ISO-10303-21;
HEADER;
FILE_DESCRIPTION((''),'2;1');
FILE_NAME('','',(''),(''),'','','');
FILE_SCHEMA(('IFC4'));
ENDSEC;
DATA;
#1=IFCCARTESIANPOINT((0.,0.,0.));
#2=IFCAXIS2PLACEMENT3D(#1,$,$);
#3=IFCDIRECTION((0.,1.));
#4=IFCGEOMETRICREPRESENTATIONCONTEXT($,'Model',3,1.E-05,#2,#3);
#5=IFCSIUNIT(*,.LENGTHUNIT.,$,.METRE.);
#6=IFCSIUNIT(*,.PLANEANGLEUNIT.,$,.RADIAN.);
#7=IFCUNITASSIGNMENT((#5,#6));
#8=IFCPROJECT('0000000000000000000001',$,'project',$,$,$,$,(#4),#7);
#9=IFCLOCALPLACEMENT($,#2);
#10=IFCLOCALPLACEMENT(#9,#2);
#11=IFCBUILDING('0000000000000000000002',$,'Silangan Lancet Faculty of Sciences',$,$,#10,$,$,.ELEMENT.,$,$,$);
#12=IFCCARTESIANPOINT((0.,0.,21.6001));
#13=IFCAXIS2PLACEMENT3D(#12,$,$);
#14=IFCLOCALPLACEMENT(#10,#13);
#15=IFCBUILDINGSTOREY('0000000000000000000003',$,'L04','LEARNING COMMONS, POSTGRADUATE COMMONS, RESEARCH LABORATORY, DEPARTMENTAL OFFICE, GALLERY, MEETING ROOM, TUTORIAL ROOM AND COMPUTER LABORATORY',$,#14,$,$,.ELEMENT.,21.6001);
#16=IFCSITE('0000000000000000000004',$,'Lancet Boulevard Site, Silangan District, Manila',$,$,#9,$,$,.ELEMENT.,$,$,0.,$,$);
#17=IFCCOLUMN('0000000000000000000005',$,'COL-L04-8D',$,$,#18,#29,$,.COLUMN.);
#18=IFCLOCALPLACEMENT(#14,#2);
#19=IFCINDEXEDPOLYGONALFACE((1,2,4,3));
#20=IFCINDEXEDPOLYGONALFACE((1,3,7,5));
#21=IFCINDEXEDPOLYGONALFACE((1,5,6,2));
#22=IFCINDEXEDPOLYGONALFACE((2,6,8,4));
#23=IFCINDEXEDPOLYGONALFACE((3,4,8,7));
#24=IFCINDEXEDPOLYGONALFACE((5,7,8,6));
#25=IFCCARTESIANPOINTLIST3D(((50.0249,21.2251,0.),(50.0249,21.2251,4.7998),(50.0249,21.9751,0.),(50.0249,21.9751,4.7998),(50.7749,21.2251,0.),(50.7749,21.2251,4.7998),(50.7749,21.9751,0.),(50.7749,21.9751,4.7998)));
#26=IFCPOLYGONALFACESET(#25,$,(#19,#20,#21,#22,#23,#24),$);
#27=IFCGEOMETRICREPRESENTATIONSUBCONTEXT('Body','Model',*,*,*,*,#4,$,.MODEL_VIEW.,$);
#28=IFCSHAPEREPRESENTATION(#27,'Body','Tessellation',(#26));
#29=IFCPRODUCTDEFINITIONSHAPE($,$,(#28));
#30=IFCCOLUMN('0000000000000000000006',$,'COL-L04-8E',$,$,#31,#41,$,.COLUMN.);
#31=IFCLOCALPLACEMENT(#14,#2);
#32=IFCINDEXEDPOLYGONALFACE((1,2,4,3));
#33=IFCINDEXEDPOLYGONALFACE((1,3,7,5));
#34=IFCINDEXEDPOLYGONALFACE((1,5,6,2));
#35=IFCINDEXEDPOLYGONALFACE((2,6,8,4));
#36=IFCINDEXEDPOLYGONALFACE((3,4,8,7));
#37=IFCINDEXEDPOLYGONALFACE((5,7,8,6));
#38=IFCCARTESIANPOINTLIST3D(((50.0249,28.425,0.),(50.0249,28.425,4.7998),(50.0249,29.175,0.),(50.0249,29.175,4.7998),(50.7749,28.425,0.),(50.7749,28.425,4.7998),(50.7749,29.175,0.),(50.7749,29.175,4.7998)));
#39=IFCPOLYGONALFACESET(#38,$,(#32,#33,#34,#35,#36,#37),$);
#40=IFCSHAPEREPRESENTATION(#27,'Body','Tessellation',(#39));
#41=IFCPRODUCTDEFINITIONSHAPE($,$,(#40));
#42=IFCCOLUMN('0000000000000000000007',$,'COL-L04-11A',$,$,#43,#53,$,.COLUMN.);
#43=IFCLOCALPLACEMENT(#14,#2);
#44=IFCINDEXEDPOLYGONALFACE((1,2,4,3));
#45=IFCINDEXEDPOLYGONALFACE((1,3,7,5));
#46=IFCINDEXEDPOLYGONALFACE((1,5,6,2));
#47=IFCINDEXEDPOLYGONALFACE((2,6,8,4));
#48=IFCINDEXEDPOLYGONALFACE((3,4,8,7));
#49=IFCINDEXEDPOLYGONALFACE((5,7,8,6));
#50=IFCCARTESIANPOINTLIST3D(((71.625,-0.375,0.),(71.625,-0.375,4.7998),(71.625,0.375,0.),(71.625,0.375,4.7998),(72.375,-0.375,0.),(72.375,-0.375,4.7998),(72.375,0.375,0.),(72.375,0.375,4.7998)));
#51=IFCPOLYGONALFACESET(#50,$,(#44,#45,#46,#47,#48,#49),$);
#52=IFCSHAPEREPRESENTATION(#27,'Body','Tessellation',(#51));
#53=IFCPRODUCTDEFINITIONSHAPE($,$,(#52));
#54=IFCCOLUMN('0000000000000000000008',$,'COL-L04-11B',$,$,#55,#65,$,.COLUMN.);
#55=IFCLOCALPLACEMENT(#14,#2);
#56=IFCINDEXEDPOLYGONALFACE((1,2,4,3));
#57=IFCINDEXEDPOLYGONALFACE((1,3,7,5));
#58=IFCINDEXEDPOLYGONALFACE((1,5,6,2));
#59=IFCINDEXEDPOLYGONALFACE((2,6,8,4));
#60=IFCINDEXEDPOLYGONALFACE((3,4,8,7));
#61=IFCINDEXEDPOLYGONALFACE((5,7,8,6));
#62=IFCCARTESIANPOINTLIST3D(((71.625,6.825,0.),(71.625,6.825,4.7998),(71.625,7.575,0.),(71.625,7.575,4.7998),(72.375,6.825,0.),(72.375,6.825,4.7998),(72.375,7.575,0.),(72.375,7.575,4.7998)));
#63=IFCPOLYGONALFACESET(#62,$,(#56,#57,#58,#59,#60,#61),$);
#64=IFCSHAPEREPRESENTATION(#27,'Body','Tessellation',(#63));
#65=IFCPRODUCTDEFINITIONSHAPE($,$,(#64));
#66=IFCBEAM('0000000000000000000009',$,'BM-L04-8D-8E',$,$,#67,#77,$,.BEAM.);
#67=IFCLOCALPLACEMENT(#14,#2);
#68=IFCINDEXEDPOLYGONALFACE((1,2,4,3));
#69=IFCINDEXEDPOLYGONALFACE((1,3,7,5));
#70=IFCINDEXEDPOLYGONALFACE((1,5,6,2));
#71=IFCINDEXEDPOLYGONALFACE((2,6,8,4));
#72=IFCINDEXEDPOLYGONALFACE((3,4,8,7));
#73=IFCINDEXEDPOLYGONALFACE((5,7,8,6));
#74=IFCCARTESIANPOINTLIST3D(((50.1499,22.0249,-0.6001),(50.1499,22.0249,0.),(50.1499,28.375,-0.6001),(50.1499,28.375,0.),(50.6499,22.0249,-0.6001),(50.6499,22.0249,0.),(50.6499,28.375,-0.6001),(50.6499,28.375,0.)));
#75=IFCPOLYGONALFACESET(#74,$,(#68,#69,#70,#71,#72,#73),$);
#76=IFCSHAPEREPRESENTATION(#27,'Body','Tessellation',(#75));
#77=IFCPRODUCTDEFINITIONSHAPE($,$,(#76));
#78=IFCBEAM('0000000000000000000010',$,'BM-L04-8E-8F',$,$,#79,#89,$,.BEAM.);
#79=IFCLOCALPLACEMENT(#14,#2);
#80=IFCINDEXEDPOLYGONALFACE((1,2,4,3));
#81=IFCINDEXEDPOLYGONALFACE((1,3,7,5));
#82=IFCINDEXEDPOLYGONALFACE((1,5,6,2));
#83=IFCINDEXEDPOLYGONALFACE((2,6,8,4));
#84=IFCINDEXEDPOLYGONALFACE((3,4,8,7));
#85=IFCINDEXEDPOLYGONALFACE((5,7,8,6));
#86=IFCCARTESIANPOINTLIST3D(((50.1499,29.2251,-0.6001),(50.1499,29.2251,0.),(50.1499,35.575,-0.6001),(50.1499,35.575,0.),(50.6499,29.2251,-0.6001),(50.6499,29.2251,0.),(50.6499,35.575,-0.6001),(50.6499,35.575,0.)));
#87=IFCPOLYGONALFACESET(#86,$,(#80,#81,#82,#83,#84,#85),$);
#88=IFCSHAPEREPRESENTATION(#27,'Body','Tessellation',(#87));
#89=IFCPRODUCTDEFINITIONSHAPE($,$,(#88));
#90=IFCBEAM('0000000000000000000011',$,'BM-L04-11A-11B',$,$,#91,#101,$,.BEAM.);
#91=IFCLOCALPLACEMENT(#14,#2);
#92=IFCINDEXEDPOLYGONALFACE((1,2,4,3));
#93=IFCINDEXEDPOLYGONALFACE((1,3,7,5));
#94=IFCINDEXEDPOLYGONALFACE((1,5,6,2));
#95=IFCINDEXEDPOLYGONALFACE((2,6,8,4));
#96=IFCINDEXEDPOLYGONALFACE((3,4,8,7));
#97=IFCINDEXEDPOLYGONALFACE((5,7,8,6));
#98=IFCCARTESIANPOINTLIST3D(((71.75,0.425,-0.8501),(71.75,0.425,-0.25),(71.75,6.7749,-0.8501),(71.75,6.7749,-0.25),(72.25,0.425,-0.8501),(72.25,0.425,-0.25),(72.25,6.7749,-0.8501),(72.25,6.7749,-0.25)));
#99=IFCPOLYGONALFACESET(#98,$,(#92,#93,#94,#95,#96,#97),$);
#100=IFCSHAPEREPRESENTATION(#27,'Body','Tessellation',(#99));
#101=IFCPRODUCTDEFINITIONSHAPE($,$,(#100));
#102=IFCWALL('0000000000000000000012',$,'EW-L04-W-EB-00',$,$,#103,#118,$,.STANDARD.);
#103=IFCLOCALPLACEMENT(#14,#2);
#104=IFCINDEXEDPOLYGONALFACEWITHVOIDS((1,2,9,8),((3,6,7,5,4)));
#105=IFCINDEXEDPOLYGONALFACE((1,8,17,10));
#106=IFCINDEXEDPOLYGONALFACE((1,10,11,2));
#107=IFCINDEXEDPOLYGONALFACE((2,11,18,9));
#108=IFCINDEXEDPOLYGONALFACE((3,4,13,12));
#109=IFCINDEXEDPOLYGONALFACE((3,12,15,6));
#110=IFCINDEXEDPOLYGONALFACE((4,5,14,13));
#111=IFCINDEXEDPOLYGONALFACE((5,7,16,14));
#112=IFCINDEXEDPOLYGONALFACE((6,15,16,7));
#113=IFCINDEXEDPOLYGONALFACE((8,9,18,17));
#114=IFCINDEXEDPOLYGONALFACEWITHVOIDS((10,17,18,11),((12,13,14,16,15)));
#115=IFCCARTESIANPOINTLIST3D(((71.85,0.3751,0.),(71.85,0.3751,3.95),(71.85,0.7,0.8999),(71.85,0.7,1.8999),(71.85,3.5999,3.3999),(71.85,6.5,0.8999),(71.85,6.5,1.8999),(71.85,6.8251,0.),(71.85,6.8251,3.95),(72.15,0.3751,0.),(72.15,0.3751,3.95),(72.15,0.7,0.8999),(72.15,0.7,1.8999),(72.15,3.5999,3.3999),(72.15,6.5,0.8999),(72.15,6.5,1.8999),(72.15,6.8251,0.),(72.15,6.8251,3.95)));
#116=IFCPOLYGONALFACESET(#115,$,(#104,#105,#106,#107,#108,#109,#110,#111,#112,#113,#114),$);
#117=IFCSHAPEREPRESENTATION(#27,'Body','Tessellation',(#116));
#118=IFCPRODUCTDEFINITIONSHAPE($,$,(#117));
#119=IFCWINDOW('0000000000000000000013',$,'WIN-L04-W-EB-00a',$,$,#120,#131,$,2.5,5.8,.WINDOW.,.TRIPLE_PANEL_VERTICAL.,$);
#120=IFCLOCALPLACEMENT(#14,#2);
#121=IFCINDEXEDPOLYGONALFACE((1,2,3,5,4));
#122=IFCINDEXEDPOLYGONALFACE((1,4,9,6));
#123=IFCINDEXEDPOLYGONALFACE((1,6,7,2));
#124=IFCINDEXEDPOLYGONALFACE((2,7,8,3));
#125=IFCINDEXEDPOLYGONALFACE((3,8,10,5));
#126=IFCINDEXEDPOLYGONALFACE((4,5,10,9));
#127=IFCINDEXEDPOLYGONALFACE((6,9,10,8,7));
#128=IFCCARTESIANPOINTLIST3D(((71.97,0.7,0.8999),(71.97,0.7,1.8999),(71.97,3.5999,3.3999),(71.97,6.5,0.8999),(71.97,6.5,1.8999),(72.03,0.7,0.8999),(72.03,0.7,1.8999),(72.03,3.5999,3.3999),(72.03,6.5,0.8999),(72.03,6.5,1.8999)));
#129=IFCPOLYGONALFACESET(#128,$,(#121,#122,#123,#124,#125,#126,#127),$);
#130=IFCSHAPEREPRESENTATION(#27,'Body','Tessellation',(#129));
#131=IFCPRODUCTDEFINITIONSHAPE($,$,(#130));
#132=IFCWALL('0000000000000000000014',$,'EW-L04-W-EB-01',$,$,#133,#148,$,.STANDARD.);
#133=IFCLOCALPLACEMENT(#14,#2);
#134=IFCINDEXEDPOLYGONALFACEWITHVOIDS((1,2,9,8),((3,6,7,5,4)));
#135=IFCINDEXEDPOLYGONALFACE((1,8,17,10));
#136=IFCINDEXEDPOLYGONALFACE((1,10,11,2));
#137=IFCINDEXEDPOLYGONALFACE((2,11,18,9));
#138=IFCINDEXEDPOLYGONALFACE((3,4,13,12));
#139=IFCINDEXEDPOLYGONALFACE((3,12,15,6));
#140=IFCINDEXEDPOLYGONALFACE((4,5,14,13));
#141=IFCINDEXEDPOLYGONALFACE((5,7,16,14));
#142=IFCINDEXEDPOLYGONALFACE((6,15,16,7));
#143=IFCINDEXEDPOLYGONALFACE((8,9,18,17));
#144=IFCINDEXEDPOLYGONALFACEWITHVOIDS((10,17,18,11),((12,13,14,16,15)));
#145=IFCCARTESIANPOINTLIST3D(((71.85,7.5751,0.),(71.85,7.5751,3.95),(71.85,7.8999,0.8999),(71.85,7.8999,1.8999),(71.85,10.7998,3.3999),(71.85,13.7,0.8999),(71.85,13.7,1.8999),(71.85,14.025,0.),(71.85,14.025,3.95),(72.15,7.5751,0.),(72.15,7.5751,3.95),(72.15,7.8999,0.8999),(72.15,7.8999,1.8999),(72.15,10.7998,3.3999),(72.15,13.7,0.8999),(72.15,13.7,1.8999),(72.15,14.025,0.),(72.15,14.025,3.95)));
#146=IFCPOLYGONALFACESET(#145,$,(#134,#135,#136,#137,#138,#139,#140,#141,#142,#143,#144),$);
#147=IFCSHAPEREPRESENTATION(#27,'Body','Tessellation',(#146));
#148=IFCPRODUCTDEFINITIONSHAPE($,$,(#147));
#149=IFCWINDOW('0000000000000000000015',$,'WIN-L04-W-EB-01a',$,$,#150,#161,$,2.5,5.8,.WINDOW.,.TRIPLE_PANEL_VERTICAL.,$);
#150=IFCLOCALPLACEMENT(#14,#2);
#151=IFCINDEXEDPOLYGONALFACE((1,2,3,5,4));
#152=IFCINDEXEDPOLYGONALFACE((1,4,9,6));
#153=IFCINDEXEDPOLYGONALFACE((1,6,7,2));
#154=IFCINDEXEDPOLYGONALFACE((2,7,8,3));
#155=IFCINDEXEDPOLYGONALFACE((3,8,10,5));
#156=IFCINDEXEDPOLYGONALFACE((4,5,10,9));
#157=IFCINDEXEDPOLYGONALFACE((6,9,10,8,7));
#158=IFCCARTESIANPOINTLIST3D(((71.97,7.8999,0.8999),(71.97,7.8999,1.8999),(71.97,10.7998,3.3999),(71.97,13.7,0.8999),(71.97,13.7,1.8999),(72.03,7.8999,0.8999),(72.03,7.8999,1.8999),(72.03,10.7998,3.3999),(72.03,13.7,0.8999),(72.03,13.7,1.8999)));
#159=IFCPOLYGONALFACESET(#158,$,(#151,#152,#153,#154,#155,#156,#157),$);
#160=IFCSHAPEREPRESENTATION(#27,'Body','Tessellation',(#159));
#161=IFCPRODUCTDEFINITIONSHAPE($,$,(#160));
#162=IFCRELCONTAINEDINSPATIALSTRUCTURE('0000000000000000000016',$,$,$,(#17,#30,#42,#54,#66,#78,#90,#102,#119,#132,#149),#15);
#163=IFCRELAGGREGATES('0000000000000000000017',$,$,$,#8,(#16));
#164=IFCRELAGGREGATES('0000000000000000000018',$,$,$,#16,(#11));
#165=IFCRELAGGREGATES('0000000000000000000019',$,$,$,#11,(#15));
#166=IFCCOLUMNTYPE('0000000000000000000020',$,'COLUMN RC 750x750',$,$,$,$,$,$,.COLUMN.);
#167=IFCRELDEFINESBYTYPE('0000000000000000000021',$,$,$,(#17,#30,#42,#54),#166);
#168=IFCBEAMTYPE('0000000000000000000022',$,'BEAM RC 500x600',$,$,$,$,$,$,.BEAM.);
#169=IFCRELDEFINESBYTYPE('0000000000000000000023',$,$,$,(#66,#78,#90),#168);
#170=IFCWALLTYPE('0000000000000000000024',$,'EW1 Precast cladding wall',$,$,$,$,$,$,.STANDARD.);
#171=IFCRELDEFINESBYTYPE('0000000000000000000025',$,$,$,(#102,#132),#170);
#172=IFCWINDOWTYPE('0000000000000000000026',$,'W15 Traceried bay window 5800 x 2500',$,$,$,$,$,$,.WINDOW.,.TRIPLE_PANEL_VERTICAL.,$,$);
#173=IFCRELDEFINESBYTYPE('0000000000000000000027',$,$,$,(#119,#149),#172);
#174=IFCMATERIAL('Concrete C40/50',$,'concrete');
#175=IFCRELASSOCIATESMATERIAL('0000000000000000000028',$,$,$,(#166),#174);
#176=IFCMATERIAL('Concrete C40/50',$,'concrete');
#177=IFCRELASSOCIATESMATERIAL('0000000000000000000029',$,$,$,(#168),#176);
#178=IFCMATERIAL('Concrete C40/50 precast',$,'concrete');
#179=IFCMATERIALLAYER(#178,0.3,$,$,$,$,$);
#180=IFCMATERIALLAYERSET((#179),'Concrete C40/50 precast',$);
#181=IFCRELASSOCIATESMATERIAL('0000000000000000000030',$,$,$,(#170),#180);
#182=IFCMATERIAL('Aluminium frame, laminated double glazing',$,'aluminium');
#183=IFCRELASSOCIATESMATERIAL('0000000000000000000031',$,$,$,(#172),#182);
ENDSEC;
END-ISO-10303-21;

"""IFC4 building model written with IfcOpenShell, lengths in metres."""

from ifc_helpers import new_model, si_unit, direction, frame, frame_2d, origin, origin_2d, place, context, subcontext, project, spatial, polyline, rectangle, outline, extrude, material, layer, layer_set, material_profile, profile_set, type_object, element, fill, save


model = new_model("IFC4")

# Units and contexts
model_context = context("Model", 3, precision=1e-05, world=origin(), true_north=direction((0.0, 1.0)))
body_context = subcontext(model_context, "Body", "Model", "MODEL_VIEW")
ifc_project = project(units=[si_unit("LENGTHUNIT", "METRE"), si_unit("PLANEANGLEUNIT", "RADIAN")], contexts=[model_context])

# Site, building, storey
site_placement = place(None, origin())
site = spatial("IfcSite", under=ifc_project, at=site_placement, Name="Lancet Boulevard Site, Silangan District, Manila", CompositionType="ELEMENT", RefElevation=0.0)
building_placement = place(site_placement, origin())
building = spatial("IfcBuilding", under=site, at=building_placement, Name="Silangan Lancet Faculty of Sciences", CompositionType="ELEMENT")
storey_placement = place(building_placement, frame((0.0, 0.0, 21.6001)))
storey = spatial("IfcBuildingStorey", under=building, at=storey_placement, Name="L04", Description="LEARNING COMMONS, POSTGRADUATE COMMONS, RESEARCH LABORATORY, DEPARTMENTAL OFFICE, GALLERY, MEETING ROOM, TUTORIAL ROOM AND COMPUTER LABORATORY", CompositionType="ELEMENT", Elevation=21.6001)

# Columns
ifc_material_1 = material(Name="Concrete C40/50", Category="concrete")
ifc_material_profile_1 = material_profile(ifc_material_1, rectangle(XDim=0.75, YDim=0.75, at=origin_2d()), Name="RC 750x750")
ifc_profile_set_1 = profile_set([ifc_material_profile_1], Name="Concrete C40/50")
column_type = type_object("IfcColumnType", Name="COLUMN RC 750x750", PredefinedType="COLUMN", material=ifc_profile_set_1)
for number, where, z_axis, x_axis, name in (
    (1, (50.3999, 21.6001, 0.0), (0.0, 0.0, 1.0), (1.0, 0.0, 0.0), "COL-L04-8D"),
    (2, (50.3999, 28.8, 0.0), (0.0, 0.0, 1.0), (1.0, 0.0, 0.0), "COL-L04-8E"),
    (3, (72.0, 0.0, 0.0), (0.0, 0.0, 1.0), (1.0, 0.0, 0.0), "COL-L04-11A"),
    (4, (72.0, 7.2, 0.0), (0.0, 0.0, 1.0), (1.0, 0.0, 0.0), "COL-L04-11B"),
):
    element("IfcColumn", number, at=place(storey_placement, frame(where, z_axis=z_axis, x_axis=x_axis)), inside=storey, type_object=column_type, Name=name, PredefinedType="COLUMN", context=body_context, shape_type="SweptSolid", body=[
        extrude(rectangle(XDim=0.75, YDim=0.75, at=origin_2d()), origin(), (0.0, 0.0, 1.0), 4.7998),
    ])

# Beams
ifc_material_2 = material(Name="Concrete C40/50", Category="concrete")
ifc_material_profile_2 = material_profile(ifc_material_2, rectangle(XDim=0.5, YDim=0.6001, at=origin_2d()), Name="RC 500x600")
ifc_profile_set_2 = profile_set([ifc_material_profile_2], Name="Concrete C40/50")
beam_type = type_object("IfcBeamType", Name="BEAM RC 500x600", PredefinedType="BEAM", material=ifc_profile_set_2)
beam_placement = place(storey_placement, frame((50.3999, 22.0249, -0.3), z_axis=(0.0, 1.0, 0.0), x_axis=(-1.0, 0.0, 0.0)))
element("IfcBeam", 5, at=beam_placement, inside=storey, type_object=beam_type, Name="BM-L04-8D-8E", PredefinedType="BEAM", context=body_context, shape_type="SweptSolid", body=[
    extrude(rectangle(XDim=0.5, YDim=0.6001, at=origin_2d()), origin(), (0.0, 0.0, 1.0), 6.3501),
])
for number, where, z_axis, x_axis, name in (
    (6, (50.3999, 29.2251, -0.3), (0.0, 1.0, 0.0), (-1.0, 0.0, 0.0), "BM-L04-8E-8F"),
    (7, (72.0, 0.425, -0.55), (0.0, 1.0, 0.0), (-1.0, 0.0, 0.0), "BM-L04-11A-11B"),
):
    element("IfcBeam", number, at=place(storey_placement, frame(where, z_axis=z_axis, x_axis=x_axis)), inside=storey, type_object=beam_type, Name=name, PredefinedType="BEAM", context=body_context, shape_type="SweptSolid", body=[
        extrude(rectangle(XDim=0.5, YDim=0.6001, at=origin_2d()), origin(), (0.0, 0.0, 1.0), 6.3499),
    ])

# Walls, openings, windows
ifc_material_3 = material(Name="Concrete C40/50 precast", Category="concrete")
ifc_layer_1 = layer(ifc_material_3, 0.3)
ifc_layer_set_1 = layer_set([ifc_layer_1], Name="Concrete C40/50 precast")
wall_type_1 = type_object("IfcWallType", Name="EW1 Precast cladding wall", PredefinedType="STANDARD", material=ifc_layer_set_1)
wall_1_placement = place(storey_placement, frame((72.0, 0.375, 0.0), z_axis=(0.0, 0.0, 1.0), x_axis=(0.0, 1.0, 0.0)))
wall_1 = element("IfcWall", 8, at=wall_1_placement, inside=storey, type_object=wall_type_1, Name="EW-L04-W-EB-00", PredefinedType="STANDARD", context=body_context, shape_type="SweptSolid", body=[
    extrude(rectangle(XDim=6.45, YDim=0.3, at=frame_2d((3.2251, 0.0))), origin(), (0.0, 0.0, 1.0), 3.95),
])
opening_1_placement = place(wall_1_placement, frame((0.325, 0.0, 0.8999)))
opening_1 = element("IfcOpeningElement", 9, at=opening_1_placement, cuts=wall_1, PredefinedType="OPENING", context=body_context, shape_type="SweptSolid", body=[
    extrude(outline(polyline([(0.0, 0.0), (5.8, 0.0), (5.8, 1.0), (2.8999, 2.5), (0.0, 1.0), (0.0, 0.0)])), frame((0.0, 0.1599, 0.0), z_axis=(0.0, -1.0, 0.0), x_axis=(1.0, 0.0, 0.0)), (0.0, 0.0, 1.0), 0.3201),
])
ifc_material_4 = material(Name="Aluminium frame, laminated double glazing", Category="aluminium")
window_type_1 = type_object("IfcWindowType", Name="W15 Traceried bay window 5800 x 2500", PartitioningType="TRIPLE_PANEL_VERTICAL", PredefinedType="WINDOW", material=ifc_material_4)
window_1_placement = place(opening_1_placement, origin())
window_1 = element("IfcWindow", 10, at=window_1_placement, inside=storey, type_object=window_type_1, Name="WIN-L04-W-EB-00a", OverallHeight=2.5, OverallWidth=5.8, PartitioningType="TRIPLE_PANEL_VERTICAL", PredefinedType="WINDOW", context=body_context, shape_type="SweptSolid", body=[
    extrude(outline(polyline([(0.0, 0.0), (5.8, 0.0), (5.8, 1.0), (2.8999, 2.5), (0.0, 1.0), (0.0, 0.0)])), frame((0.0, 0.03, 0.0), z_axis=(0.0, -1.0, 0.0), x_axis=(1.0, 0.0, 0.0)), (0.0, 0.0, 1.0), 0.0601),
])
fill(opening_1, window_1)
wall_2_placement = place(storey_placement, frame((72.0, 7.575, 0.0), z_axis=(0.0, 0.0, 1.0), x_axis=(0.0, 1.0, 0.0)))
wall_2 = element("IfcWall", 11, at=wall_2_placement, inside=storey, type_object=wall_type_1, Name="EW-L04-W-EB-01", PredefinedType="STANDARD", context=body_context, shape_type="SweptSolid", body=[
    extrude(rectangle(XDim=6.45, YDim=0.3, at=frame_2d((3.2251, 0.0))), origin(), (0.0, 0.0, 1.0), 3.95),
])
opening_2_placement = place(wall_2_placement, frame((0.325, 0.0, 0.8999)))
opening_2 = element("IfcOpeningElement", 12, at=opening_2_placement, cuts=wall_2, PredefinedType="OPENING", context=body_context, shape_type="SweptSolid", body=[
    extrude(outline(polyline([(0.0, 0.0), (5.8, 0.0), (5.8, 1.0), (2.8999, 2.5), (0.0, 1.0), (0.0, 0.0)])), frame((0.0, 0.1599, 0.0), z_axis=(0.0, -1.0, 0.0), x_axis=(1.0, 0.0, 0.0)), (0.0, 0.0, 1.0), 0.3201),
])
window_2_placement = place(opening_2_placement, origin())
window_2 = element("IfcWindow", 13, at=window_2_placement, inside=storey, type_object=window_type_1, Name="WIN-L04-W-EB-01a", OverallHeight=2.5, OverallWidth=5.8, PartitioningType="TRIPLE_PANEL_VERTICAL", PredefinedType="WINDOW", context=body_context, shape_type="SweptSolid", body=[
    extrude(outline(polyline([(0.0, 0.0), (5.8, 0.0), (5.8, 1.0), (2.8999, 2.5), (0.0, 1.0), (0.0, 0.0)])), frame((0.0, 0.03, 0.0), z_axis=(0.0, -1.0, 0.0), x_axis=(1.0, 0.0, 0.0)), (0.0, 0.0, 1.0), 0.0601),
])
fill(opening_2, window_2)

save(model, "model.ifc")
